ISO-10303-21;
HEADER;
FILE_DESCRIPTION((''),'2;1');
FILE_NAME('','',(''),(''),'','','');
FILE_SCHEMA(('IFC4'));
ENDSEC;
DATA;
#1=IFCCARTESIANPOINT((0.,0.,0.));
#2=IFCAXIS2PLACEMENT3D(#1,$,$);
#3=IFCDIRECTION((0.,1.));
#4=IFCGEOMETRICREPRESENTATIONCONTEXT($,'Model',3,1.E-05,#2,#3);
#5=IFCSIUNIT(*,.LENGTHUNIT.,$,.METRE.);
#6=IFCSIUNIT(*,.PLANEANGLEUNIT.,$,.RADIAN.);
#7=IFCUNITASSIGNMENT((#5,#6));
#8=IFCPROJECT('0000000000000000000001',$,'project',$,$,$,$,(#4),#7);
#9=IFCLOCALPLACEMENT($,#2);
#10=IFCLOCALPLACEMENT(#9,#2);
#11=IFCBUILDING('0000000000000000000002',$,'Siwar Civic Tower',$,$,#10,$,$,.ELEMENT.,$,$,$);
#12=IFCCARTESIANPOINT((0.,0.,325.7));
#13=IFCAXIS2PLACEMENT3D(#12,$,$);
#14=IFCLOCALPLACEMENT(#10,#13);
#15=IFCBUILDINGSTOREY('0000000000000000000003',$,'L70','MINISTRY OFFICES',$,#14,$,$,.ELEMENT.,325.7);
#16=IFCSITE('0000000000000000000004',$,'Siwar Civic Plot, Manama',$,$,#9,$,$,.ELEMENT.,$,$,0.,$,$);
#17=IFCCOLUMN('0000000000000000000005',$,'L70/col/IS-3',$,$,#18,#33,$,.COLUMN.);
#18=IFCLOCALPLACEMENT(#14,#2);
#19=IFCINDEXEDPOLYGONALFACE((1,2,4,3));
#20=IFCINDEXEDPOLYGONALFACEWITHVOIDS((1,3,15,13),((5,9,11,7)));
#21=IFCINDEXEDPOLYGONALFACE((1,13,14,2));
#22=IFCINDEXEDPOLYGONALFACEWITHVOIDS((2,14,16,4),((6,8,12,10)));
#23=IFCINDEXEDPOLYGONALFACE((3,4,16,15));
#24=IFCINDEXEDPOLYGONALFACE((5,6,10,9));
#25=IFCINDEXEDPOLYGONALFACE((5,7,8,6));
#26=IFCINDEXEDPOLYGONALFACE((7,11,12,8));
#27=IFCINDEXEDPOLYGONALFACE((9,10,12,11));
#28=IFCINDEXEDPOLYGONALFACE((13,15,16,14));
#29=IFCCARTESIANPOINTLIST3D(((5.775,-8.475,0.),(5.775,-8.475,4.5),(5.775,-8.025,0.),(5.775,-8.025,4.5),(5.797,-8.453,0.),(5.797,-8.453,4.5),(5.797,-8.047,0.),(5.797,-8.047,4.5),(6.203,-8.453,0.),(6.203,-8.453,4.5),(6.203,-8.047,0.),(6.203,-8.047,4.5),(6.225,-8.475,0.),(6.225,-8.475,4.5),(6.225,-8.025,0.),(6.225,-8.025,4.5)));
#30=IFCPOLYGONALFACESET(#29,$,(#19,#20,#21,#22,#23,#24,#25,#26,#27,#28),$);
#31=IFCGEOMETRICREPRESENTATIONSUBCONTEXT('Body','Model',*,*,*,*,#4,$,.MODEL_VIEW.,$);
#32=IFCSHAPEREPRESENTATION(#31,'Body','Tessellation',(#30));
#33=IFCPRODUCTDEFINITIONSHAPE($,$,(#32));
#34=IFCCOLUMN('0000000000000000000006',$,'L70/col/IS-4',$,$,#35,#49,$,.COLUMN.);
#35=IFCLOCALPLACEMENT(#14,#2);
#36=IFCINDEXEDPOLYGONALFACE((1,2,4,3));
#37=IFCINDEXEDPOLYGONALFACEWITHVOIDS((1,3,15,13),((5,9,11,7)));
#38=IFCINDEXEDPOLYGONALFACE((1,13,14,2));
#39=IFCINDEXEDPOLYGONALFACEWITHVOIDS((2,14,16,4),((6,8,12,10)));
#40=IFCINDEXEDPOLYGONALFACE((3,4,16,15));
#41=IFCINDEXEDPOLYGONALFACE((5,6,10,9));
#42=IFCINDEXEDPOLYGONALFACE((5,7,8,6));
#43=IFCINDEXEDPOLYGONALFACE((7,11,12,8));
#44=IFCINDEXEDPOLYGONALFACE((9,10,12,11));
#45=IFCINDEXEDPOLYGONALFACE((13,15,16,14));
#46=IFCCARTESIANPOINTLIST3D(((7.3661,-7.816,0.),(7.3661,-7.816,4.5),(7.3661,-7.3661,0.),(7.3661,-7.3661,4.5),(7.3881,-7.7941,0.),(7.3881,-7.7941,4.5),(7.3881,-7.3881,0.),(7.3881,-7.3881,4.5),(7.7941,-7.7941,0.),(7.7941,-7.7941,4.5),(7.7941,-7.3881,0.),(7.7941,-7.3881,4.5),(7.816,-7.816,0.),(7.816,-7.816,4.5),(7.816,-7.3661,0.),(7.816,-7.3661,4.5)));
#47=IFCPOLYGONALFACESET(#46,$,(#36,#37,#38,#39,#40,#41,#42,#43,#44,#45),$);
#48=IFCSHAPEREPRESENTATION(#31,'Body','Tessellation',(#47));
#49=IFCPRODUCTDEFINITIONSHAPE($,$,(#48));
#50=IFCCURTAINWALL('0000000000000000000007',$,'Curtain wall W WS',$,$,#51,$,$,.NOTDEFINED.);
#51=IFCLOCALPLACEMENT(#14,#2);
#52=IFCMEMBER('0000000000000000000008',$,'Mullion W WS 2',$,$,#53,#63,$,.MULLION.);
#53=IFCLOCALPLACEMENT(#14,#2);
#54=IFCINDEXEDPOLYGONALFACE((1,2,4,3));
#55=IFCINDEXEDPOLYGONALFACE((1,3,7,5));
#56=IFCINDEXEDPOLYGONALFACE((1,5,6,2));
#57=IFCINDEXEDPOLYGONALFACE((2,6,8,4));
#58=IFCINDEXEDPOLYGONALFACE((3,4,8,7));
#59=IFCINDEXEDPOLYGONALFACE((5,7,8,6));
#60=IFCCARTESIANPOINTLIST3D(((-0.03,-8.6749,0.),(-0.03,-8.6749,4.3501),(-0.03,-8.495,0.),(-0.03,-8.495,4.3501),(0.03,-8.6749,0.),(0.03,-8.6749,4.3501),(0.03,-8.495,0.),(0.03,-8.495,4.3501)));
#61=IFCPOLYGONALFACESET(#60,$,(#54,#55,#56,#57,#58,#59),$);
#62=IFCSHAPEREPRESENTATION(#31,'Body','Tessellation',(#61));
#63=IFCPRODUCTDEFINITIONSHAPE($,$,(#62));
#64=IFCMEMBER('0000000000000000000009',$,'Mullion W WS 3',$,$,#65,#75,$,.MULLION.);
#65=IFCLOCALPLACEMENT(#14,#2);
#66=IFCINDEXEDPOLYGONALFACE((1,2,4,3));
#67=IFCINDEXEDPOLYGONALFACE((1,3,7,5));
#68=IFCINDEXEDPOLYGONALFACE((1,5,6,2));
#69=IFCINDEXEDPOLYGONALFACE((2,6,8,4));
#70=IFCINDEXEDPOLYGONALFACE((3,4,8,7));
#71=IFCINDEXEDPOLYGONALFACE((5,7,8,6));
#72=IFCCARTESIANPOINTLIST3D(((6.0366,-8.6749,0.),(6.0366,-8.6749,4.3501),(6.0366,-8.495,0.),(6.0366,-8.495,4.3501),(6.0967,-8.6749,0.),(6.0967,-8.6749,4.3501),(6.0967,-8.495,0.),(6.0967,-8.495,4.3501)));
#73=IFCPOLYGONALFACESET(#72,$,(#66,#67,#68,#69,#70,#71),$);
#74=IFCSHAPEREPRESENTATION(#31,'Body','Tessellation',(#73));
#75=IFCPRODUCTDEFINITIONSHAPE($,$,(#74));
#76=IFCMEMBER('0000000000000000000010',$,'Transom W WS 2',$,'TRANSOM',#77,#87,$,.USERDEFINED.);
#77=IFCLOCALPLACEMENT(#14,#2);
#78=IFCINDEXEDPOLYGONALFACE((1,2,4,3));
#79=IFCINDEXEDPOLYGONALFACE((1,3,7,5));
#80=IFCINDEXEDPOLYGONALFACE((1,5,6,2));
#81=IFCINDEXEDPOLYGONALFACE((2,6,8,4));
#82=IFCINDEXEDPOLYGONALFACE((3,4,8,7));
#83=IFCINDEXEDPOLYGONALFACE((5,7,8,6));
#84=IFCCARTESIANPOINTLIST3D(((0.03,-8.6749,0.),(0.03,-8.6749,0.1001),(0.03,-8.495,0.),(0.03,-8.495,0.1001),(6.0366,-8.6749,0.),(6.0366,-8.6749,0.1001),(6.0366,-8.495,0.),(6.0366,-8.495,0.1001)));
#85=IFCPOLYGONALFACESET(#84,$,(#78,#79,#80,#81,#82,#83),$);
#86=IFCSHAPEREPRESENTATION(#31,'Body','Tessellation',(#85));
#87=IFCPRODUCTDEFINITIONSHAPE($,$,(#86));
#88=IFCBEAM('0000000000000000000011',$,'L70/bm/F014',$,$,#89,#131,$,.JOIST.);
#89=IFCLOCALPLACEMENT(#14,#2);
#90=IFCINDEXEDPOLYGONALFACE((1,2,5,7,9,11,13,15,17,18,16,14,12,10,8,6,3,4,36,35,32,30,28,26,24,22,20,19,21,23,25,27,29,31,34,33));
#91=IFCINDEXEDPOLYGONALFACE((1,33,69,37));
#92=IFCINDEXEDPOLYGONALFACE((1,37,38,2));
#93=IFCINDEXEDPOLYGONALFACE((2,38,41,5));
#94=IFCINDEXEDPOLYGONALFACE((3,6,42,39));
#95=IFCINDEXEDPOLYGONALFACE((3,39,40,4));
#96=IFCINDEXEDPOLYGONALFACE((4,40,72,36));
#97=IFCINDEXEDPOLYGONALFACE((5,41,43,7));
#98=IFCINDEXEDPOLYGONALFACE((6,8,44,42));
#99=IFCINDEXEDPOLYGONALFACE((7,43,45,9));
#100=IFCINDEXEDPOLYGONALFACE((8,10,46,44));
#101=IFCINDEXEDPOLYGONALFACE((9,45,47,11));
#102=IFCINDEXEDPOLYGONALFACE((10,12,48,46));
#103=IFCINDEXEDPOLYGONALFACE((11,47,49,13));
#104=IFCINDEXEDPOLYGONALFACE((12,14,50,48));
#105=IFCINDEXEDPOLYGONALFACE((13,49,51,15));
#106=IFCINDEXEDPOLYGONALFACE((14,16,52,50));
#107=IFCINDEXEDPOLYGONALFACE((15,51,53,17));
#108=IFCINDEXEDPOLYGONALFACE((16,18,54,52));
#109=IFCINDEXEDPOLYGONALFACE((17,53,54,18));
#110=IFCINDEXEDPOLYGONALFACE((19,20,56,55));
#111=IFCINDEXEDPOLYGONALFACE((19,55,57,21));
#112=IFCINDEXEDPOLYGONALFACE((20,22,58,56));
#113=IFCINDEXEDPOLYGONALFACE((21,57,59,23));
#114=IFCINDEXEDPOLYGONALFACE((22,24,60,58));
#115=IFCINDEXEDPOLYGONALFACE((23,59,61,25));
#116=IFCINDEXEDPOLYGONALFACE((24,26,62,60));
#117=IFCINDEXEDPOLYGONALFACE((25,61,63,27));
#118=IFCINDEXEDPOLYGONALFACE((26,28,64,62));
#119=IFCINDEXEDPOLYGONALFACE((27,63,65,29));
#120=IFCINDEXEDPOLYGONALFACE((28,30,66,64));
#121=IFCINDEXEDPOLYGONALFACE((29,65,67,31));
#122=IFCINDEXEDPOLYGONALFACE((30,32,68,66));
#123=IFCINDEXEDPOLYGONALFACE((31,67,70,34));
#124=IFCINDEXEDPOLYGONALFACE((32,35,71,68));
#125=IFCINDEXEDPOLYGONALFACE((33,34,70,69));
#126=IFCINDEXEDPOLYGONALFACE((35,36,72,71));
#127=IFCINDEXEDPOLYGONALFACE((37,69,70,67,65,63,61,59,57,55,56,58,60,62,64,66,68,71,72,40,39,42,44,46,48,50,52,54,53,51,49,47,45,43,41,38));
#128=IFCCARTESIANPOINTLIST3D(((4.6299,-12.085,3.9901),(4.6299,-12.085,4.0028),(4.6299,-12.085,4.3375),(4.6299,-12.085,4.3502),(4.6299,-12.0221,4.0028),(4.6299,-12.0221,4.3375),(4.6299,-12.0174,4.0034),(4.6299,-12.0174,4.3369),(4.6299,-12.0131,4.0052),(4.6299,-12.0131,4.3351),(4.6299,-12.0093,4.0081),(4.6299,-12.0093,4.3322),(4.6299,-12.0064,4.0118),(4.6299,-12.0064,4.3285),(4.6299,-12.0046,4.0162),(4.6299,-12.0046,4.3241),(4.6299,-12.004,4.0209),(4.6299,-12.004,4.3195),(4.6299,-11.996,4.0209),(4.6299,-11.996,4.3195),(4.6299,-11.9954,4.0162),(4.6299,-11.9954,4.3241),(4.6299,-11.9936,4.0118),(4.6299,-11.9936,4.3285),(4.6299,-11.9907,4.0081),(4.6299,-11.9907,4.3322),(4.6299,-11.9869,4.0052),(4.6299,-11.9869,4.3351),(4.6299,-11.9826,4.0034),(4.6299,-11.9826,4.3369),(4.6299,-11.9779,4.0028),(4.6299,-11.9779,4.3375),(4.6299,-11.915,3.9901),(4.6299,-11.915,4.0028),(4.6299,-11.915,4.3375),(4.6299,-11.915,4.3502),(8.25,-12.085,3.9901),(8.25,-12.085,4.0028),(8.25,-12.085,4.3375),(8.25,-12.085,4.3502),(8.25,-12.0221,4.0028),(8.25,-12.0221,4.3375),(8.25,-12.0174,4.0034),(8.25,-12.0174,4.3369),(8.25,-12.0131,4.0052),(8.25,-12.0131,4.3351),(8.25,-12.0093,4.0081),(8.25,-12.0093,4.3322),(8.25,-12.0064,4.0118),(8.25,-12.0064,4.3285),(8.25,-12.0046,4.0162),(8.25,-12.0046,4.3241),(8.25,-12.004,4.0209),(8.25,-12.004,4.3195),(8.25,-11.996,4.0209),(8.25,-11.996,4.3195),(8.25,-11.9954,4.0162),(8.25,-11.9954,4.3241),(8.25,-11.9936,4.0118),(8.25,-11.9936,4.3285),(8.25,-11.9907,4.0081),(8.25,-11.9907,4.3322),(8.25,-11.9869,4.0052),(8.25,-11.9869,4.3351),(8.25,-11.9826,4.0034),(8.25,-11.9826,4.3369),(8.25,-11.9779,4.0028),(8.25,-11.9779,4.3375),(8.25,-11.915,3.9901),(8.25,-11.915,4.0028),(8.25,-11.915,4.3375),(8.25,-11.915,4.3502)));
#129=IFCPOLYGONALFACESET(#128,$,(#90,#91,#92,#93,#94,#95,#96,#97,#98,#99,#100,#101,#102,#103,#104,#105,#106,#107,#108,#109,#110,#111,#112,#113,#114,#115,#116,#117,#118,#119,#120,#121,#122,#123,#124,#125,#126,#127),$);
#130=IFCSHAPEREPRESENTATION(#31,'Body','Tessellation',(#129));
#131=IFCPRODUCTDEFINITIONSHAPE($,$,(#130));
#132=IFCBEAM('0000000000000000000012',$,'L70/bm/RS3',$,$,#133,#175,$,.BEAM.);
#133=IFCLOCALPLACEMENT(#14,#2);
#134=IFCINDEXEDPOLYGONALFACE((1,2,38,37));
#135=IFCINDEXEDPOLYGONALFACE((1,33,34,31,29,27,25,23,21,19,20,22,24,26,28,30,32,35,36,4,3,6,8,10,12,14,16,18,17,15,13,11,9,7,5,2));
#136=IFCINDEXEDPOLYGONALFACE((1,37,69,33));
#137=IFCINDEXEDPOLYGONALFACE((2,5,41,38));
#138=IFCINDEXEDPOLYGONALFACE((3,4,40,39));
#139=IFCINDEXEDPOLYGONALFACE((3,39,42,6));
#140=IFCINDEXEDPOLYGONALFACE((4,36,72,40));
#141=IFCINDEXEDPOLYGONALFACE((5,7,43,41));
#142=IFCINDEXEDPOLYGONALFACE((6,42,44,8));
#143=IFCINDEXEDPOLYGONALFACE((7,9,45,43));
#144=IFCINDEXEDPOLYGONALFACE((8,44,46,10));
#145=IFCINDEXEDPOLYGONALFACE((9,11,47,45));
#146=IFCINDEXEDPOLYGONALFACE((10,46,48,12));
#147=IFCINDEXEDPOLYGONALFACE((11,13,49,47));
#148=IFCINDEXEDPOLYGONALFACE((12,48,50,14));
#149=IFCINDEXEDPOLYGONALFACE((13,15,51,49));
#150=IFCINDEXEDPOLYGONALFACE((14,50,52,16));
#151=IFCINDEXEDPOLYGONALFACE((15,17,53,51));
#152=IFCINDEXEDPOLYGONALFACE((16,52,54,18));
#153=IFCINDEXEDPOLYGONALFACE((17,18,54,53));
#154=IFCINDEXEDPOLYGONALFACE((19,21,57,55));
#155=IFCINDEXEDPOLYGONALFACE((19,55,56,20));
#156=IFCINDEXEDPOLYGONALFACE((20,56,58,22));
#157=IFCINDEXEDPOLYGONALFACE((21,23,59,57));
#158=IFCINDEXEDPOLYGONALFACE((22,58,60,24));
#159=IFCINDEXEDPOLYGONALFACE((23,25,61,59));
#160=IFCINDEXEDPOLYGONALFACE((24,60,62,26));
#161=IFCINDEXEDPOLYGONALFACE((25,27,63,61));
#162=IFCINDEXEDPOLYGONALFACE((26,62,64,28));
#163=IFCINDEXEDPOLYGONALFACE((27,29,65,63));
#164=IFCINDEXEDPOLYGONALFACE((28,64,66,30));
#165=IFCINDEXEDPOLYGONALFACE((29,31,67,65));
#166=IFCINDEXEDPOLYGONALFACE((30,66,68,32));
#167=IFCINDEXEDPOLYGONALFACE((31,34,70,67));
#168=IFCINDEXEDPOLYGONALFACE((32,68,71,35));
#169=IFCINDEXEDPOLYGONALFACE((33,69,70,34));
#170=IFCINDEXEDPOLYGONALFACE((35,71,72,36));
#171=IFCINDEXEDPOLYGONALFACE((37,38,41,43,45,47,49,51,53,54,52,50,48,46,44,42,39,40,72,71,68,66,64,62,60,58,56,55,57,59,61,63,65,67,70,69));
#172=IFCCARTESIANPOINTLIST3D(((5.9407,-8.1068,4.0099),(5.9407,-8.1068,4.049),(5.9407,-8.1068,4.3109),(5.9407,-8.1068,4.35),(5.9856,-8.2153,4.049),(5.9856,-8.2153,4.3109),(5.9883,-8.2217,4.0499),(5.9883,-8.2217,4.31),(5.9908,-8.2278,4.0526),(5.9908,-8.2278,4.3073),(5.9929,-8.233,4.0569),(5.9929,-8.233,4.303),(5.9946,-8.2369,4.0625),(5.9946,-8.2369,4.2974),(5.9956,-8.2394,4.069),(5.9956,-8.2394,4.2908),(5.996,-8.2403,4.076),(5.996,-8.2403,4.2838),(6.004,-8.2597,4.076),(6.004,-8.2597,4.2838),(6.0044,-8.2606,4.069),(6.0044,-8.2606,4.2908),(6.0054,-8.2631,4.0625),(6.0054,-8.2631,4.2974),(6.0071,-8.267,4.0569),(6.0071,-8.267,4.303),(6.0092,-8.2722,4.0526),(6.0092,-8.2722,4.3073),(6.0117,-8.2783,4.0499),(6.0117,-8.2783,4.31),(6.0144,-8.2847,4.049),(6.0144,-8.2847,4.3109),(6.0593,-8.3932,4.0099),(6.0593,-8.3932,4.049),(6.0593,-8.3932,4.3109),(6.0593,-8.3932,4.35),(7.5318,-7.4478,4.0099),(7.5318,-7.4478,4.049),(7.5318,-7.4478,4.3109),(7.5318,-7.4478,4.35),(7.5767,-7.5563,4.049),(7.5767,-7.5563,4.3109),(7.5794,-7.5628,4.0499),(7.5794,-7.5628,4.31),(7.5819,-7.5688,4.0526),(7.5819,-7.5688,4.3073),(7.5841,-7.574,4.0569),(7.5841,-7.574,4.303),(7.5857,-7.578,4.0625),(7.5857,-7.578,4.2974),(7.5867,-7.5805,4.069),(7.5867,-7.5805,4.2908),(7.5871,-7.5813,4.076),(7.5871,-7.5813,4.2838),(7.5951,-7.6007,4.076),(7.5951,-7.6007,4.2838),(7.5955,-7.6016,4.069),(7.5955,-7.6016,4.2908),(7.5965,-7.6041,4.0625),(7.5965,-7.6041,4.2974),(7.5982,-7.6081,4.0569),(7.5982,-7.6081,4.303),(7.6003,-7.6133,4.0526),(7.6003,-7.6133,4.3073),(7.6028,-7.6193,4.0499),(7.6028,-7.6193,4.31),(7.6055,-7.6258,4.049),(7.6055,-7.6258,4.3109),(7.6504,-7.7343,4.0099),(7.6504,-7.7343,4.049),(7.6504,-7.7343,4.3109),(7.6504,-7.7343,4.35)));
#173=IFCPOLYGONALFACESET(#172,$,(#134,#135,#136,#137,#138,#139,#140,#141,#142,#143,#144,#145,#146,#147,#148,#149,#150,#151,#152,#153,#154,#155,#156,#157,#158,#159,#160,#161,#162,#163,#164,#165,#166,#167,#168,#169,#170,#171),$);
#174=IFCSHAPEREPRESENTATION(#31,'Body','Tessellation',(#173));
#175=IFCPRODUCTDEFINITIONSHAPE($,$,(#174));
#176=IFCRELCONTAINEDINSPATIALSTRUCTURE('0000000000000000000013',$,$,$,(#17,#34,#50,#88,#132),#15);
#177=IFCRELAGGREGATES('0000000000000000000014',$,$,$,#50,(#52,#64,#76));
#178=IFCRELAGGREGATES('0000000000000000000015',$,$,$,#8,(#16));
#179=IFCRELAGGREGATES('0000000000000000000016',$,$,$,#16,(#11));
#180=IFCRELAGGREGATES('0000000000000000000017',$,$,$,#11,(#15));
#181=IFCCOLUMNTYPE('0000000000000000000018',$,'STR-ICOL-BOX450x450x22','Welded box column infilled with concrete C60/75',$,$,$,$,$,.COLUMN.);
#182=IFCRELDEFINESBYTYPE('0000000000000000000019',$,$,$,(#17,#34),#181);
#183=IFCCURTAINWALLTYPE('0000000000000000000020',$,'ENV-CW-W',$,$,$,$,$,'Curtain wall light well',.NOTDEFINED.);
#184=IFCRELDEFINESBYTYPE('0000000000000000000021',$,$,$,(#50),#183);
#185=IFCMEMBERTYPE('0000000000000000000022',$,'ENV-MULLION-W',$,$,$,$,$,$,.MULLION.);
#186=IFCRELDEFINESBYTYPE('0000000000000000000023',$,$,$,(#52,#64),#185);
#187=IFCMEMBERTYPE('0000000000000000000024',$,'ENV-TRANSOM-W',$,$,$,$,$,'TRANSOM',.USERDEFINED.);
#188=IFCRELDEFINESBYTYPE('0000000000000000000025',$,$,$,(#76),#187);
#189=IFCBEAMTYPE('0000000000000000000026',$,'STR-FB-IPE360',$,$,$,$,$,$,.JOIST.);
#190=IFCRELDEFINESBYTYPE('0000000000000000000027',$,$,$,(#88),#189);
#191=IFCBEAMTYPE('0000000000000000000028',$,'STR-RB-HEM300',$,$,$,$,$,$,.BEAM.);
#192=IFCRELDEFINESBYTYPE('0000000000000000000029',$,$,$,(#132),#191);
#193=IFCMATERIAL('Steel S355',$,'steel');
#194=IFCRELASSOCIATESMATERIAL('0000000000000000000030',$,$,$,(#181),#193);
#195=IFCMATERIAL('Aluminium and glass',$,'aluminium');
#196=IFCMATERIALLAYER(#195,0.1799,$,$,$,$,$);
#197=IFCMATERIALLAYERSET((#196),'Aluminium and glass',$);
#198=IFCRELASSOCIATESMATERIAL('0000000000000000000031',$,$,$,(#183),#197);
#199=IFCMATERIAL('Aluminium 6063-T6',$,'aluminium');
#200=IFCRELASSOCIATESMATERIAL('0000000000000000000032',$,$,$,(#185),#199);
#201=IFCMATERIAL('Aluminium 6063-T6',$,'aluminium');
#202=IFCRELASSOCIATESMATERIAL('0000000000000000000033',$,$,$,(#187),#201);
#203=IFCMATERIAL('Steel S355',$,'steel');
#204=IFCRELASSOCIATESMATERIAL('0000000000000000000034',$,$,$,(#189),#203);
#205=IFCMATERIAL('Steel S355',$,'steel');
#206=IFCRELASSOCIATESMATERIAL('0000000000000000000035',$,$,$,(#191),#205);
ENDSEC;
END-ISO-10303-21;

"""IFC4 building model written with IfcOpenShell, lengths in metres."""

from ifc_helpers import new_model, si_unit, direction, frame, origin, origin_2d, place, context, subcontext, project, spatial, rectangle, hollow_rectangle, i_section, extrude, material, layer, layer_set, material_profile, profile_set, type_object, element, aggregate, save


model = new_model("IFC4")

# Units and contexts
model_context = context("Model", 3, precision=1e-05, world=origin(), true_north=direction((0.0, 1.0)))
body_context = subcontext(model_context, "Body", "Model", "MODEL_VIEW")
ifc_project = project(units=[si_unit("LENGTHUNIT", "METRE"), si_unit("PLANEANGLEUNIT", "RADIAN")], contexts=[model_context])

# Site, building, storey
site_placement = place(None, origin())
site = spatial("IfcSite", under=ifc_project, at=site_placement, Name="Siwar Civic Plot, Manama", CompositionType="ELEMENT", RefElevation=0.0)
building_placement = place(site_placement, origin())
building = spatial("IfcBuilding", under=site, at=building_placement, Name="Siwar Civic Tower", CompositionType="ELEMENT")
storey_placement = place(building_placement, frame((0.0, 0.0, 325.7)))
storey = spatial("IfcBuildingStorey", under=building, at=storey_placement, Name="L70", Description="MINISTRY OFFICES", CompositionType="ELEMENT", Elevation=325.7)

# Columns
ifc_material_1 = material(Name="Steel S355", Category="steel")
ifc_material_profile_1 = material_profile(ifc_material_1, hollow_rectangle(XDim=0.45, YDim=0.45, WallThickness=0.022, at=origin_2d()), Name="BOX450x450x22")
ifc_profile_set_1 = profile_set([ifc_material_profile_1], Name="Steel S355")
column_type = type_object("IfcColumnType", Name="STR-ICOL-BOX450x450x22", Description="Welded box column infilled with concrete C60/75", PredefinedType="COLUMN", material=ifc_profile_set_1)
for number, where, z_axis, x_axis, name in (
    (1, (6.0, -8.25, 0.0), (0.0, 0.0, 1.0), (1.0, 0.0, 0.0), "L70/col/IS-3"),
    (2, (7.5911, -7.5911, 0.0), (0.0, 0.0, 1.0), (1.0, 0.0, 0.0), "L70/col/IS-4"),
):
    element("IfcColumn", number, at=place(storey_placement, frame(where, z_axis=z_axis, x_axis=x_axis)), inside=storey, type_object=column_type, Name=name, PredefinedType="COLUMN", context=body_context, shape_type="SweptSolid", body=[
        extrude(hollow_rectangle(XDim=0.45, YDim=0.45, WallThickness=0.022, at=origin_2d()), origin(), (0.0, 0.0, 1.0), 4.5),
    ])

# Curtain wall, members
ifc_material_2 = material(Name="Aluminium and glass", Category="aluminium")
ifc_layer_1 = layer(ifc_material_2, 0.1799)
ifc_layer_set_1 = layer_set([ifc_layer_1], Name="Aluminium and glass")
curtain_wall_type = type_object("IfcCurtainWallType", Name="ENV-CW-W", ElementType="Curtain wall light well", PredefinedType="NOTDEFINED", material=ifc_layer_set_1)
curtain_wall_placement = place(storey_placement, origin())
curtain_wall = element("IfcCurtainWall", 3, at=curtain_wall_placement, inside=storey, type_object=curtain_wall_type, Name="Curtain wall W WS", PredefinedType="NOTDEFINED")
ifc_material_3 = material(Name="Aluminium 6063-T6", Category="aluminium")
ifc_material_profile_2 = material_profile(ifc_material_3, rectangle(XDim=0.1799, YDim=0.0601, at=origin_2d()), Name="AL 180x60")
ifc_profile_set_2 = profile_set([ifc_material_profile_2], Name="Aluminium 6063-T6")
member_type_1 = type_object("IfcMemberType", Name="ENV-MULLION-W", PredefinedType="MULLION", material=ifc_profile_set_2)
member_1_placement = place(storey_placement, frame((0.0, -8.585, 0.0), z_axis=(0.0, 0.0, 1.0), x_axis=(0.0, 1.0, 0.0)))
member_1 = element("IfcMember", 4, at=member_1_placement, type_object=member_type_1, Name="Mullion W WS 2", PredefinedType="MULLION", context=body_context, shape_type="SweptSolid", body=[
    extrude(rectangle(XDim=0.1799, YDim=0.0601, at=origin_2d()), origin(), (0.0, 0.0, 1.0), 4.3501),
])
member_2_placement = place(storey_placement, frame((6.0667, -8.585, 0.0), z_axis=(0.0, 0.0, 1.0), x_axis=(0.0, 1.0, 0.0)))
member_2 = element("IfcMember", 5, at=member_2_placement, type_object=member_type_1, Name="Mullion W WS 3", PredefinedType="MULLION", context=body_context, shape_type="SweptSolid", body=[
    extrude(rectangle(XDim=0.1799, YDim=0.0601, at=origin_2d()), origin(), (0.0, 0.0, 1.0), 4.3501),
])
ifc_material_4 = material(Name="Aluminium 6063-T6", Category="aluminium")
ifc_material_profile_3 = material_profile(ifc_material_4, rectangle(XDim=0.1799, YDim=0.1001, at=origin_2d()), Name="AL 180x100")
ifc_profile_set_3 = profile_set([ifc_material_profile_3], Name="Aluminium 6063-T6")
member_type_2 = type_object("IfcMemberType", Name="ENV-TRANSOM-W", ElementType="TRANSOM", PredefinedType="USERDEFINED", material=ifc_profile_set_3)
member_3_placement = place(storey_placement, frame((0.03, -8.585, 0.05), z_axis=(1.0, 0.0, 0.0), x_axis=(0.0, 1.0, 0.0)))
member_3 = element("IfcMember", 6, at=member_3_placement, type_object=member_type_2, Name="Transom W WS 2", ObjectType="TRANSOM", PredefinedType="USERDEFINED", context=body_context, shape_type="SweptSolid", body=[
    extrude(rectangle(XDim=0.1799, YDim=0.1001, at=origin_2d()), origin(), (0.0, 0.0, 1.0), 6.0066),
])

# Beams
ifc_material_5 = material(Name="Steel S355", Category="steel")
ifc_material_profile_4 = material_profile(ifc_material_5, i_section(OverallWidth=0.1699, OverallDepth=0.3601, WebThickness=0.0081, FlangeThickness=0.0127, FilletRadius=0.0181, at=origin_2d()), Name="IPE360")
ifc_profile_set_4 = profile_set([ifc_material_profile_4], Name="Steel S355")
beam_type_1 = type_object("IfcBeamType", Name="STR-FB-IPE360", PredefinedType="JOIST", material=ifc_profile_set_4)
beam_placement = place(storey_placement, frame((4.6299, -12.0, 4.1702), z_axis=(1.0, 0.0, 0.0), x_axis=(0.0, 1.0, 0.0)))
element("IfcBeam", 7, at=beam_placement, inside=storey, type_object=beam_type_1, Name="L70/bm/F014", PredefinedType="JOIST", context=body_context, shape_type="SweptSolid", body=[
    extrude(i_section(OverallWidth=0.1699, OverallDepth=0.3601, WebThickness=0.0081, FlangeThickness=0.0127, FilletRadius=0.0181, at=origin_2d()), origin(), (0.0, 0.0, 1.0), 3.6201),
])
ifc_material_6 = material(Name="Steel S355", Category="steel")
ifc_material_profile_5 = material_profile(ifc_material_6, i_section(OverallWidth=0.3101, OverallDepth=0.3401, WebThickness=0.021, FlangeThickness=0.0391, FilletRadius=0.0271, at=origin_2d()), Name="HEM300")
ifc_profile_set_5 = profile_set([ifc_material_profile_5], Name="Steel S355")
beam_type_2 = type_object("IfcBeamType", Name="STR-RB-HEM300", PredefinedType="BEAM", material=ifc_profile_set_5)
for number, where, z_axis, x_axis, name in (
    (8, (6.0, -8.25, 4.1799), (0.923901, 0.382631, 0.0), (-0.382631, 0.923901, 0.0), "L70/bm/RS3"),
):
    element("IfcBeam", number, at=place(storey_placement, frame(where, z_axis=z_axis, x_axis=x_axis)), inside=storey, type_object=beam_type_2, Name=name, PredefinedType="BEAM", context=body_context, shape_type="SweptSolid", body=[
        extrude(i_section(OverallWidth=0.3101, OverallDepth=0.3401, WebThickness=0.021, FlangeThickness=0.0391, FilletRadius=0.0271, at=origin_2d()), origin(), (0.0, 0.0, 1.0), 1.7222),
    ])

aggregate(curtain_wall, [member_1, member_2, member_3])

save(model, "model.ifc")
